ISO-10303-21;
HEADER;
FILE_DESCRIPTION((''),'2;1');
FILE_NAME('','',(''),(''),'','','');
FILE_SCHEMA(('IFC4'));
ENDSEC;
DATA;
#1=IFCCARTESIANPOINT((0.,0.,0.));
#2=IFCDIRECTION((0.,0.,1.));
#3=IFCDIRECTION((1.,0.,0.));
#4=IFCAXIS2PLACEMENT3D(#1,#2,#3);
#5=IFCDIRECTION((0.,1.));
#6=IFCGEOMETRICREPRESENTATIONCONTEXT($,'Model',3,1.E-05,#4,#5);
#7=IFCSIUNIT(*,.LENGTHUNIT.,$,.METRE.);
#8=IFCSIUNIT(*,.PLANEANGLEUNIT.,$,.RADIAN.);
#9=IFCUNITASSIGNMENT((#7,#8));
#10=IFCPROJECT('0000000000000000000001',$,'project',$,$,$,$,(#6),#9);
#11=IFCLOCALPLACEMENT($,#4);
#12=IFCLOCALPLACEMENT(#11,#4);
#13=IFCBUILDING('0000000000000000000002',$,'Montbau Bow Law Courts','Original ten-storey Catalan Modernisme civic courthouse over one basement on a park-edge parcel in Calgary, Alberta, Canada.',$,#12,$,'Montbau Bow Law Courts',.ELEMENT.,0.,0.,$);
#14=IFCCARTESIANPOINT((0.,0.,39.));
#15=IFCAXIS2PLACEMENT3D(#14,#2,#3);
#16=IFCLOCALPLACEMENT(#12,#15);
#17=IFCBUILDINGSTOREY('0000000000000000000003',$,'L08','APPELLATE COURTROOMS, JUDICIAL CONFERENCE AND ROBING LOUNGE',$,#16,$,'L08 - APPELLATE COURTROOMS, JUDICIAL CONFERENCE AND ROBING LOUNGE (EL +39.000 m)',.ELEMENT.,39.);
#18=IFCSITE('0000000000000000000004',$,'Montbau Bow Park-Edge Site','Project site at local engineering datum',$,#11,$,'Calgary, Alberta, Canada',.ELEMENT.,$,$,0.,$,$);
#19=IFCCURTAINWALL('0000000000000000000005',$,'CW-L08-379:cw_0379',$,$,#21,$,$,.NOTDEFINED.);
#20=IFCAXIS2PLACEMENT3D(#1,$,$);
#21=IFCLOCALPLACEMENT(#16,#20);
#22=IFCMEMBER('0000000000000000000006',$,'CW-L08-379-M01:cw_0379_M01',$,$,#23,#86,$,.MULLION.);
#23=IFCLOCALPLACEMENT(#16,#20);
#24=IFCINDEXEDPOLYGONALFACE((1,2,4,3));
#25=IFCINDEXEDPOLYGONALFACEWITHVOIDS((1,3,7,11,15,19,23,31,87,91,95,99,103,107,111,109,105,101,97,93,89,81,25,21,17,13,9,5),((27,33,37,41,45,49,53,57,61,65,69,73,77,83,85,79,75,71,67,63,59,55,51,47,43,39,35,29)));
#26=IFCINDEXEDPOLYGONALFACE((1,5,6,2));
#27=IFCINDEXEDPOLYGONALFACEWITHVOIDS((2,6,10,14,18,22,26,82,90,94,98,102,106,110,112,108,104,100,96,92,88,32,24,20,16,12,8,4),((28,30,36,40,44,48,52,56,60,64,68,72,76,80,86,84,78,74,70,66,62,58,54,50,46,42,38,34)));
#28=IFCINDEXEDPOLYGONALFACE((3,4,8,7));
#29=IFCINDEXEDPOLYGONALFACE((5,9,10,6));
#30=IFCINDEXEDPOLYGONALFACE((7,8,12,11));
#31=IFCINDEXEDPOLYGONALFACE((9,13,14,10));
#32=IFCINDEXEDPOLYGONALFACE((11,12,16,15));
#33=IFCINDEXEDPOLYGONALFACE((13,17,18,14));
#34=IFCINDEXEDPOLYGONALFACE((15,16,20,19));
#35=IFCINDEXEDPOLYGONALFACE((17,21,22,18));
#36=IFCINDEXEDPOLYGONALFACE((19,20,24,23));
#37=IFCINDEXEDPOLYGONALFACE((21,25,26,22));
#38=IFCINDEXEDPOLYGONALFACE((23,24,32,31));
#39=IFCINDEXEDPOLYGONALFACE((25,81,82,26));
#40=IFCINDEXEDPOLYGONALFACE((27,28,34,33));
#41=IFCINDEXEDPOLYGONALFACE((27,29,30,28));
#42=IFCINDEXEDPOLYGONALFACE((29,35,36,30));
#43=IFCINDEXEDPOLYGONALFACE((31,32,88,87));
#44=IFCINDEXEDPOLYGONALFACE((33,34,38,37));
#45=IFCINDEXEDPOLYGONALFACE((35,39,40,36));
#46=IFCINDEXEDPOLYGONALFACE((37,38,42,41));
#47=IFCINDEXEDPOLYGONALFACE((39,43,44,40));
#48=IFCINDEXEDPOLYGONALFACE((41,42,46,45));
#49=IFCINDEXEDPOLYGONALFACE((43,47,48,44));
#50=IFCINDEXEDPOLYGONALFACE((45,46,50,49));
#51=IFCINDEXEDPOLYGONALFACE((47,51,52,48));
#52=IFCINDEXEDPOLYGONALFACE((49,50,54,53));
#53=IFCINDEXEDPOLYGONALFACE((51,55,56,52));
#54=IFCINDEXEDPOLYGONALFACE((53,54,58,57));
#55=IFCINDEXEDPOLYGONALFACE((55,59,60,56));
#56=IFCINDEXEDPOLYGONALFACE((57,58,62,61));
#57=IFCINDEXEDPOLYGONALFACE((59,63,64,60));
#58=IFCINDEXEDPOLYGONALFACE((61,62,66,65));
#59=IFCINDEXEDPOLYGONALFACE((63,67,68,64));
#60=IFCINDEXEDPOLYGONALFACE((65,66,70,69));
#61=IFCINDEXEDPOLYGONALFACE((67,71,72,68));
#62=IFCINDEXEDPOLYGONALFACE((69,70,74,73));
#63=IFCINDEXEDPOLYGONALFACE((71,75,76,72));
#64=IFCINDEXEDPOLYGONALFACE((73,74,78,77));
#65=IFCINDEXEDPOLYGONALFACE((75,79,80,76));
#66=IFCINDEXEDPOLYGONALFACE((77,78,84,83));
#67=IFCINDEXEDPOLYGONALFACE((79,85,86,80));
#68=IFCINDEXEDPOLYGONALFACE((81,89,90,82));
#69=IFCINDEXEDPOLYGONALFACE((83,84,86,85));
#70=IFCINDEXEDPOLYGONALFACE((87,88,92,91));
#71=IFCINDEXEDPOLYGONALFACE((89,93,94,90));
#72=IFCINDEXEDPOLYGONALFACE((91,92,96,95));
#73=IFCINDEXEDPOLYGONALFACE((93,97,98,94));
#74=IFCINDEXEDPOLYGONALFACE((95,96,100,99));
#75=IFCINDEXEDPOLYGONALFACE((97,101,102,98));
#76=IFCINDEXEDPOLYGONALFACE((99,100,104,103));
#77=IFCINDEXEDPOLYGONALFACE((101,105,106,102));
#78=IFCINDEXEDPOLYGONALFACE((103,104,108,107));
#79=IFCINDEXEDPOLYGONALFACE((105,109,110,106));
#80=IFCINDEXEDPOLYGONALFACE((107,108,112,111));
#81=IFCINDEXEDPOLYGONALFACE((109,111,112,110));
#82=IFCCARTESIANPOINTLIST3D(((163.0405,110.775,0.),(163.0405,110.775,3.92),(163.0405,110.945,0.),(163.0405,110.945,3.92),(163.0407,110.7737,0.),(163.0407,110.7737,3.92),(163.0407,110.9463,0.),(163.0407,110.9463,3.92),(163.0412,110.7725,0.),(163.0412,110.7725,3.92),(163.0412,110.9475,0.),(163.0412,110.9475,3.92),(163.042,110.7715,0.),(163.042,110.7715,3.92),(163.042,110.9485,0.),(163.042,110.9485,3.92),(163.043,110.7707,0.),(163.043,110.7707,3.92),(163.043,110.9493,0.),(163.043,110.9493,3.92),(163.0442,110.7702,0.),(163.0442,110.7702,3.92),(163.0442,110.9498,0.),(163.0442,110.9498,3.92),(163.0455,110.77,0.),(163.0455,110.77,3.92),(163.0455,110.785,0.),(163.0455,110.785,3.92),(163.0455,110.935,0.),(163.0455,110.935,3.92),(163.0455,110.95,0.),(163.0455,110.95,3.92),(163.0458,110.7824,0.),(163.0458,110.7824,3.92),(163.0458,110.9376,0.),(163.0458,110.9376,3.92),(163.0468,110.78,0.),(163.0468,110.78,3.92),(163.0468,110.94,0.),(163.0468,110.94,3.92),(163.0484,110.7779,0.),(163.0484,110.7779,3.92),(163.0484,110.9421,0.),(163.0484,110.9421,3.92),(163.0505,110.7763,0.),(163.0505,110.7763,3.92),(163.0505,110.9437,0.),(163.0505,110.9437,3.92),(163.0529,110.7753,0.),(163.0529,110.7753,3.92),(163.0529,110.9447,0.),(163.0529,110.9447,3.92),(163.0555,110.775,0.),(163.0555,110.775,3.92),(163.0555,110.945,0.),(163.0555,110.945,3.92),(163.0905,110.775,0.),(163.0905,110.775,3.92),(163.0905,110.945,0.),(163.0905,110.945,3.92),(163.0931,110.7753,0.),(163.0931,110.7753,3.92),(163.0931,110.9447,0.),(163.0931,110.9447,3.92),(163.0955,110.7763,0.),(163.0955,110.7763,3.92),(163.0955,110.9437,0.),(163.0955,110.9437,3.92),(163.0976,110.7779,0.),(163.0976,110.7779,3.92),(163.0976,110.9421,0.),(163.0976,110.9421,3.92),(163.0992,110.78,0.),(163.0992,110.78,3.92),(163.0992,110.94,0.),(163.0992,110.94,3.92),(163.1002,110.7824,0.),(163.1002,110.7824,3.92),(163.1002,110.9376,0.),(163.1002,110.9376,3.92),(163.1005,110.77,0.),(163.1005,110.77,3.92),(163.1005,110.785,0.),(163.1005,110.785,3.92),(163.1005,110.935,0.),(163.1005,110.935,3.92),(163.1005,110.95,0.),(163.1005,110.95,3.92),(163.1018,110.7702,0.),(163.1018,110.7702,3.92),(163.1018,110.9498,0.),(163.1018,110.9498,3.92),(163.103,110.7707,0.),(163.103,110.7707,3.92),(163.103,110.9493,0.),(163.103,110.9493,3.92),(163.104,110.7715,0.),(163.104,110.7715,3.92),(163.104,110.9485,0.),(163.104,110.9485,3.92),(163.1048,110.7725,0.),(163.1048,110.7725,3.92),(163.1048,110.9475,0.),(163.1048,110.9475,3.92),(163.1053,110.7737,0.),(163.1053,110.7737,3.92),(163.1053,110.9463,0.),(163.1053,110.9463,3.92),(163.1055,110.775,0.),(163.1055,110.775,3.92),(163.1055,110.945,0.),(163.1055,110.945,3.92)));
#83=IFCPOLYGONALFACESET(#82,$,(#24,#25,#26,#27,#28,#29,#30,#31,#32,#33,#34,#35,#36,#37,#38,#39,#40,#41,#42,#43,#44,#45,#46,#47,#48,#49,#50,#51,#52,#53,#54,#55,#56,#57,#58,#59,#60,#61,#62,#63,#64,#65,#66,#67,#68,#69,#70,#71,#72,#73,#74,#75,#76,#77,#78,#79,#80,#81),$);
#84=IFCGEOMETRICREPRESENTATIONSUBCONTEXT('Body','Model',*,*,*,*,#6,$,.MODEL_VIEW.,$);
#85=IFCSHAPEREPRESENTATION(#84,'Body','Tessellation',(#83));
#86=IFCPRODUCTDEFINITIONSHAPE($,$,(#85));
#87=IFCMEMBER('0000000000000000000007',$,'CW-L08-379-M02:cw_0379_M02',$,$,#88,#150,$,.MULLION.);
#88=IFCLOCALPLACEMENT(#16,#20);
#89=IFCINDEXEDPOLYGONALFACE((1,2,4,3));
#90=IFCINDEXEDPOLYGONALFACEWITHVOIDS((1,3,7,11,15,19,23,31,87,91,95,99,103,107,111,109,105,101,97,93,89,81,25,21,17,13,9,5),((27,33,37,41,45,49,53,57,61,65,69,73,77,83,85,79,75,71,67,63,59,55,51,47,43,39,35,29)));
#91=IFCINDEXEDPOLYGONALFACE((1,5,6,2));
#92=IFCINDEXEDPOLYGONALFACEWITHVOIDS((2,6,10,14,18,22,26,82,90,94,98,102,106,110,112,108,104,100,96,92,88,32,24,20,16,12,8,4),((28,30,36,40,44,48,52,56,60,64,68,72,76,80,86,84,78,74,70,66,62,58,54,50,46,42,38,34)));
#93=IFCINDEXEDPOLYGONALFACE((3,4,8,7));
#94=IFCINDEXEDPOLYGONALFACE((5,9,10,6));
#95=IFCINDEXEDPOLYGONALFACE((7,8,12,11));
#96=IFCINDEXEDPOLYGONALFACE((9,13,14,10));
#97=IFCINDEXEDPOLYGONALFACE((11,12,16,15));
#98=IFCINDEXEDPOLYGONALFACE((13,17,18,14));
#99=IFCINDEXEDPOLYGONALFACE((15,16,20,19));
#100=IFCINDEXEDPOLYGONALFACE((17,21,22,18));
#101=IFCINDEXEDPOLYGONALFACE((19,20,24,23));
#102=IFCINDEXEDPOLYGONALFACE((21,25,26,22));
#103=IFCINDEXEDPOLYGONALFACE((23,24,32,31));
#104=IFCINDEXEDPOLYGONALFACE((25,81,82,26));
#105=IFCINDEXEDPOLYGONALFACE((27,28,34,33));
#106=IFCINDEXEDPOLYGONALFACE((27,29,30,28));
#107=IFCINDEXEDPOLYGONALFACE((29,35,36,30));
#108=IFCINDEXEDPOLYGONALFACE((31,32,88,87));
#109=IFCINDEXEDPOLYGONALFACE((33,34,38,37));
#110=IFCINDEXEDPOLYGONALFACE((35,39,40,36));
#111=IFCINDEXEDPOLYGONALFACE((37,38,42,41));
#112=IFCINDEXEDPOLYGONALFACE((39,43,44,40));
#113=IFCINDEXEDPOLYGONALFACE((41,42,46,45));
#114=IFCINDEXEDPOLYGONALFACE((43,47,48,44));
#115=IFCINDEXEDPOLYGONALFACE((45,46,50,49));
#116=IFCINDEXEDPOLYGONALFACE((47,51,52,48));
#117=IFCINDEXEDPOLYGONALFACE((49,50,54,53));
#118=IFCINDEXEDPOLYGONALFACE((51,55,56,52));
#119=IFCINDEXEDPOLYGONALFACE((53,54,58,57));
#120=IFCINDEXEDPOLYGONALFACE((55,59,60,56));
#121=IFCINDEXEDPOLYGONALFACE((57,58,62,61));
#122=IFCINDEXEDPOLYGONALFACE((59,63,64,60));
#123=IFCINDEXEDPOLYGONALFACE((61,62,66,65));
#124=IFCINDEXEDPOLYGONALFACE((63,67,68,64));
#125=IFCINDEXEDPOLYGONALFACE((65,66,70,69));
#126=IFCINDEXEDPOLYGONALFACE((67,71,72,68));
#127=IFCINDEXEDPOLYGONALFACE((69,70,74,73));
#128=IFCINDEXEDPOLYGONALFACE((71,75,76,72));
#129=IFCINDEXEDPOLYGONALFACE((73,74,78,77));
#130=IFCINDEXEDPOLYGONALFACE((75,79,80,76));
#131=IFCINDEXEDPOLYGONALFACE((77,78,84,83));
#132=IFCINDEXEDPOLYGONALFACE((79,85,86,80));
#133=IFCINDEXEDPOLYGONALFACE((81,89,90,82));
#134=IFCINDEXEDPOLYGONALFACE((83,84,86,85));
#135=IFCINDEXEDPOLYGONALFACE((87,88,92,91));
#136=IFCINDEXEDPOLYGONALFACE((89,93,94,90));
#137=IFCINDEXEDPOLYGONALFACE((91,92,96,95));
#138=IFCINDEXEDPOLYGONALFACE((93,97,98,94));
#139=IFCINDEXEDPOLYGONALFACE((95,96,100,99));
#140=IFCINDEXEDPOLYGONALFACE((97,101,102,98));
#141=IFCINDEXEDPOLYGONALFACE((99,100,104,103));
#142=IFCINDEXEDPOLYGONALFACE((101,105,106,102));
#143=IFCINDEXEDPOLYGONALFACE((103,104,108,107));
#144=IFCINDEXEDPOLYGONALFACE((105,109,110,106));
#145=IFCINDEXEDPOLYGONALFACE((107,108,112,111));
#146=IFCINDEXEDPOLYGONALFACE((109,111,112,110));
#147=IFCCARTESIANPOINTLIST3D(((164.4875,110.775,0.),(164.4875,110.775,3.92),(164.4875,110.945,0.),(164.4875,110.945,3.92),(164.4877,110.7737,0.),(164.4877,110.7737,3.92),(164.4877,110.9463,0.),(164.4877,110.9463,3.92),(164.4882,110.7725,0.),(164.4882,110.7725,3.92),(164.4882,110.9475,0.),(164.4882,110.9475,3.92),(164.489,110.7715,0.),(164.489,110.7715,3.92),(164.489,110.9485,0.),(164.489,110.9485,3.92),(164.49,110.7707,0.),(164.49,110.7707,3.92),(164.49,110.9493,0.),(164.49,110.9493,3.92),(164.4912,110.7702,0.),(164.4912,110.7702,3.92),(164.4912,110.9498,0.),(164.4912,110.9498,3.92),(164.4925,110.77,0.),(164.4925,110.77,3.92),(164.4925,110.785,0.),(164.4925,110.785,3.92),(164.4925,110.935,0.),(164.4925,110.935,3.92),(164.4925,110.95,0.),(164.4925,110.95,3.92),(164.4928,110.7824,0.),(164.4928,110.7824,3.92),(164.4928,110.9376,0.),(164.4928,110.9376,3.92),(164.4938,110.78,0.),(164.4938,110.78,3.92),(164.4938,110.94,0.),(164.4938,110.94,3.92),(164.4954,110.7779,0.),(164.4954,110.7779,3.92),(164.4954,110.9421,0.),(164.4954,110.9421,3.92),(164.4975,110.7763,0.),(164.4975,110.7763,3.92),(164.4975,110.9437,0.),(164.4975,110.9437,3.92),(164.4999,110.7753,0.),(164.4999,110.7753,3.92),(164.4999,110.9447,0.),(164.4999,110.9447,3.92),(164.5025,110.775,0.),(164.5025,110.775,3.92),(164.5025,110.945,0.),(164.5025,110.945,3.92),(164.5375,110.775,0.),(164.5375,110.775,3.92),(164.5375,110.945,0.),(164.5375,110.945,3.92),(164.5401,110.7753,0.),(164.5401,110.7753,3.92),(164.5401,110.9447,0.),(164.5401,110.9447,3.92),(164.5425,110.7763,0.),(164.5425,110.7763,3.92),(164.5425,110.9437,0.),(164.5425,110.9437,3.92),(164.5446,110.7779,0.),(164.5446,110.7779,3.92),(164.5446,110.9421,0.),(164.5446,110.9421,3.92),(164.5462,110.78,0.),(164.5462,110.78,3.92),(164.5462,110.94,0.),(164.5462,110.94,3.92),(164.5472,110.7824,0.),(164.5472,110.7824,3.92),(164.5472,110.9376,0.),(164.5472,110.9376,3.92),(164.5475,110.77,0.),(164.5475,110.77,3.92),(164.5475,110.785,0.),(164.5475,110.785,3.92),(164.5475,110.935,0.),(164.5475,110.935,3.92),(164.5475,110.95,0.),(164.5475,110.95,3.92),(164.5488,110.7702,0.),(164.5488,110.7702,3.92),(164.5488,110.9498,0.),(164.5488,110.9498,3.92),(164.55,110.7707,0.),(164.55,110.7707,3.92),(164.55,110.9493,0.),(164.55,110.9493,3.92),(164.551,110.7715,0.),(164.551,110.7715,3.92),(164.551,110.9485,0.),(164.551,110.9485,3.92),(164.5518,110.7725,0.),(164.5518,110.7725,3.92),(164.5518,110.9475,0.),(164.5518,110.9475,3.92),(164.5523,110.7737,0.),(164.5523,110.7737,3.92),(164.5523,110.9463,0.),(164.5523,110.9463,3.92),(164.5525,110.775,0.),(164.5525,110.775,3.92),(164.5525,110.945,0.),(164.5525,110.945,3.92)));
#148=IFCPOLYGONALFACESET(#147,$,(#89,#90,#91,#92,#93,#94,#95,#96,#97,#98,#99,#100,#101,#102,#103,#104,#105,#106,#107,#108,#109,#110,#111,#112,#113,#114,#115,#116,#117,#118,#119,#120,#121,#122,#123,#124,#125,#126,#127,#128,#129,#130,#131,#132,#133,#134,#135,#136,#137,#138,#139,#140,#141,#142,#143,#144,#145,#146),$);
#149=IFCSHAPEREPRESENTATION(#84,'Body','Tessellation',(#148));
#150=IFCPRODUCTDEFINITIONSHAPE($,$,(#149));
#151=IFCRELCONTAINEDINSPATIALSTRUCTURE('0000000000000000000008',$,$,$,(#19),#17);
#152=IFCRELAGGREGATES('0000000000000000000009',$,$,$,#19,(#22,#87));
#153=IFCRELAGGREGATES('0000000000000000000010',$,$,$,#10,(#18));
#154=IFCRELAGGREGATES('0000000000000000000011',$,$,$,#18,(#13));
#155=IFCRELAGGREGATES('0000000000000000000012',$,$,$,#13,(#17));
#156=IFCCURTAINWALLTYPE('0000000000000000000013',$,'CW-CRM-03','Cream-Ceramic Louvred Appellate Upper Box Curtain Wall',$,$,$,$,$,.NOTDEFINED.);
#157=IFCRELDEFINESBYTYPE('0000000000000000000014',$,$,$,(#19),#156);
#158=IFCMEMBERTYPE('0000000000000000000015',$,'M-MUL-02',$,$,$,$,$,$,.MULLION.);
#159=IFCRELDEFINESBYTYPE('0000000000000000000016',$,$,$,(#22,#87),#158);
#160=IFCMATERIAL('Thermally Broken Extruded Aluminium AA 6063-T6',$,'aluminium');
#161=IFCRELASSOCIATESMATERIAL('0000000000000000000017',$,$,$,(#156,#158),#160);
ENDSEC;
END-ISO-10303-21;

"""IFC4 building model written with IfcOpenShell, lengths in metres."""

from ifc_helpers import new_model, si_unit, direction, frame, origin_with_axes, origin_2d_with_axis, place, context, subcontext, project, spatial, hollow_rectangle, extrude, material, material_profile, profile_set, type_object, element, aggregate, save


model = new_model("IFC4")

# Units and contexts
model_context = context("Model", 3, precision=1e-05, world=origin_with_axes(), true_north=direction((0.0, 1.0)))
body_context = subcontext(model_context, "Body", "Model", "MODEL_VIEW")
ifc_project = project(units=[si_unit("LENGTHUNIT", "METRE"), si_unit("PLANEANGLEUNIT", "RADIAN")], contexts=[model_context])

# Site, building, storey
site_placement = place(None, origin_with_axes())
site = spatial("IfcSite", under=ifc_project, at=site_placement, Name="Montbau Bow Park-Edge Site", Description="Project site at local engineering datum", LongName="Calgary, Alberta, Canada", CompositionType="ELEMENT", RefElevation=0.0)
building_placement = place(site_placement, origin_with_axes())
building = spatial("IfcBuilding", under=site, at=building_placement, Name="Montbau Bow Law Courts", Description="Original ten-storey Catalan Modernisme civic courthouse over one basement on a park-edge parcel in Calgary, Alberta, Canada.", LongName="Montbau Bow Law Courts", CompositionType="ELEMENT", ElevationOfRefHeight=0.0, ElevationOfTerrain=0.0)
storey_placement = place(building_placement, frame((0.0, 0.0, 39.0), z_axis=(0.0, 0.0, 1.0), x_axis=(1.0, 0.0, 0.0)))
storey = spatial("IfcBuildingStorey", under=building, at=storey_placement, Name="L08", Description="APPELLATE COURTROOMS, JUDICIAL CONFERENCE AND ROBING LOUNGE", LongName="L08 - APPELLATE COURTROOMS, JUDICIAL CONFERENCE AND ROBING LOUNGE (EL +39.000 m)", CompositionType="ELEMENT", Elevation=39.0)

# Shared definitions
ifc_material_1 = material(Name="Thermally Broken Extruded Aluminium AA 6063-T6", Category="aluminium")
curtain_wall_type = type_object("IfcCurtainWallType", Name="CW-CRM-03", Description="Cream-Ceramic Louvred Appellate Upper Box Curtain Wall", PredefinedType="NOTDEFINED", material=ifc_material_1)

# Curtain wall, members
curtain_wall_1_placement = place(None, frame((163.04, 110.86, 39.0), z_axis=(0.0, 0.0, 1.0), x_axis=(1.0, 0.0, 0.0)))
curtain_wall_1 = element("IfcCurtainWall", 1, at=curtain_wall_1_placement, inside=storey, type_object=curtain_wall_type, Name="CW-L08-379:cw_0379", PredefinedType="NOTDEFINED")
ifc_material_profile_1 = material_profile(ifc_material_1, hollow_rectangle(XDim=0.065, YDim=0.18, WallThickness=0.005, InnerFilletRadius=0.01, OuterFilletRadius=0.005, at=origin_2d_with_axis()), Name="CWM-180X65", Category="Main", Priority=0)
ifc_profile_set_1 = profile_set([ifc_material_profile_1], Name="Thermally Broken Extruded Aluminium AA 6063-T6")
member_type_1 = type_object("IfcMemberType", Name="M-MUL-02", PredefinedType="MULLION", material=ifc_profile_set_1)
member_1_placement = place(None, frame((163.073, 110.86, 39.0), z_axis=(0.0, 0.0, 1.0), x_axis=(1.0, 0.0, 0.0)))
member_1 = element("IfcMember", 2, at=member_1_placement, type_object=member_type_1, Name="CW-L08-379-M01:cw_0379_M01", PredefinedType="MULLION", context=body_context, shape_type="SweptSolid", body=[
    extrude(hollow_rectangle(XDim=0.065, YDim=0.18, WallThickness=0.005, InnerFilletRadius=0.01, OuterFilletRadius=0.005, at=origin_2d_with_axis()), origin_with_axes(), (0.0, 0.0, 1.0), 3.92),
])
member_2_placement = place(None, frame((164.52, 110.86, 39.0), z_axis=(0.0, 0.0, 1.0), x_axis=(1.0, 0.0, 0.0)))
member_2 = element("IfcMember", 3, at=member_2_placement, type_object=member_type_1, Name="CW-L08-379-M02:cw_0379_M02", PredefinedType="MULLION", context=body_context, shape_type="SweptSolid", body=[
    extrude(hollow_rectangle(XDim=0.065, YDim=0.18, WallThickness=0.005, InnerFilletRadius=0.01, OuterFilletRadius=0.005, at=origin_2d_with_axis()), origin_with_axes(), (0.0, 0.0, 1.0), 3.92),
])
aggregate(curtain_wall_1, [member_1, member_2])

save(model, "model.ifc")
